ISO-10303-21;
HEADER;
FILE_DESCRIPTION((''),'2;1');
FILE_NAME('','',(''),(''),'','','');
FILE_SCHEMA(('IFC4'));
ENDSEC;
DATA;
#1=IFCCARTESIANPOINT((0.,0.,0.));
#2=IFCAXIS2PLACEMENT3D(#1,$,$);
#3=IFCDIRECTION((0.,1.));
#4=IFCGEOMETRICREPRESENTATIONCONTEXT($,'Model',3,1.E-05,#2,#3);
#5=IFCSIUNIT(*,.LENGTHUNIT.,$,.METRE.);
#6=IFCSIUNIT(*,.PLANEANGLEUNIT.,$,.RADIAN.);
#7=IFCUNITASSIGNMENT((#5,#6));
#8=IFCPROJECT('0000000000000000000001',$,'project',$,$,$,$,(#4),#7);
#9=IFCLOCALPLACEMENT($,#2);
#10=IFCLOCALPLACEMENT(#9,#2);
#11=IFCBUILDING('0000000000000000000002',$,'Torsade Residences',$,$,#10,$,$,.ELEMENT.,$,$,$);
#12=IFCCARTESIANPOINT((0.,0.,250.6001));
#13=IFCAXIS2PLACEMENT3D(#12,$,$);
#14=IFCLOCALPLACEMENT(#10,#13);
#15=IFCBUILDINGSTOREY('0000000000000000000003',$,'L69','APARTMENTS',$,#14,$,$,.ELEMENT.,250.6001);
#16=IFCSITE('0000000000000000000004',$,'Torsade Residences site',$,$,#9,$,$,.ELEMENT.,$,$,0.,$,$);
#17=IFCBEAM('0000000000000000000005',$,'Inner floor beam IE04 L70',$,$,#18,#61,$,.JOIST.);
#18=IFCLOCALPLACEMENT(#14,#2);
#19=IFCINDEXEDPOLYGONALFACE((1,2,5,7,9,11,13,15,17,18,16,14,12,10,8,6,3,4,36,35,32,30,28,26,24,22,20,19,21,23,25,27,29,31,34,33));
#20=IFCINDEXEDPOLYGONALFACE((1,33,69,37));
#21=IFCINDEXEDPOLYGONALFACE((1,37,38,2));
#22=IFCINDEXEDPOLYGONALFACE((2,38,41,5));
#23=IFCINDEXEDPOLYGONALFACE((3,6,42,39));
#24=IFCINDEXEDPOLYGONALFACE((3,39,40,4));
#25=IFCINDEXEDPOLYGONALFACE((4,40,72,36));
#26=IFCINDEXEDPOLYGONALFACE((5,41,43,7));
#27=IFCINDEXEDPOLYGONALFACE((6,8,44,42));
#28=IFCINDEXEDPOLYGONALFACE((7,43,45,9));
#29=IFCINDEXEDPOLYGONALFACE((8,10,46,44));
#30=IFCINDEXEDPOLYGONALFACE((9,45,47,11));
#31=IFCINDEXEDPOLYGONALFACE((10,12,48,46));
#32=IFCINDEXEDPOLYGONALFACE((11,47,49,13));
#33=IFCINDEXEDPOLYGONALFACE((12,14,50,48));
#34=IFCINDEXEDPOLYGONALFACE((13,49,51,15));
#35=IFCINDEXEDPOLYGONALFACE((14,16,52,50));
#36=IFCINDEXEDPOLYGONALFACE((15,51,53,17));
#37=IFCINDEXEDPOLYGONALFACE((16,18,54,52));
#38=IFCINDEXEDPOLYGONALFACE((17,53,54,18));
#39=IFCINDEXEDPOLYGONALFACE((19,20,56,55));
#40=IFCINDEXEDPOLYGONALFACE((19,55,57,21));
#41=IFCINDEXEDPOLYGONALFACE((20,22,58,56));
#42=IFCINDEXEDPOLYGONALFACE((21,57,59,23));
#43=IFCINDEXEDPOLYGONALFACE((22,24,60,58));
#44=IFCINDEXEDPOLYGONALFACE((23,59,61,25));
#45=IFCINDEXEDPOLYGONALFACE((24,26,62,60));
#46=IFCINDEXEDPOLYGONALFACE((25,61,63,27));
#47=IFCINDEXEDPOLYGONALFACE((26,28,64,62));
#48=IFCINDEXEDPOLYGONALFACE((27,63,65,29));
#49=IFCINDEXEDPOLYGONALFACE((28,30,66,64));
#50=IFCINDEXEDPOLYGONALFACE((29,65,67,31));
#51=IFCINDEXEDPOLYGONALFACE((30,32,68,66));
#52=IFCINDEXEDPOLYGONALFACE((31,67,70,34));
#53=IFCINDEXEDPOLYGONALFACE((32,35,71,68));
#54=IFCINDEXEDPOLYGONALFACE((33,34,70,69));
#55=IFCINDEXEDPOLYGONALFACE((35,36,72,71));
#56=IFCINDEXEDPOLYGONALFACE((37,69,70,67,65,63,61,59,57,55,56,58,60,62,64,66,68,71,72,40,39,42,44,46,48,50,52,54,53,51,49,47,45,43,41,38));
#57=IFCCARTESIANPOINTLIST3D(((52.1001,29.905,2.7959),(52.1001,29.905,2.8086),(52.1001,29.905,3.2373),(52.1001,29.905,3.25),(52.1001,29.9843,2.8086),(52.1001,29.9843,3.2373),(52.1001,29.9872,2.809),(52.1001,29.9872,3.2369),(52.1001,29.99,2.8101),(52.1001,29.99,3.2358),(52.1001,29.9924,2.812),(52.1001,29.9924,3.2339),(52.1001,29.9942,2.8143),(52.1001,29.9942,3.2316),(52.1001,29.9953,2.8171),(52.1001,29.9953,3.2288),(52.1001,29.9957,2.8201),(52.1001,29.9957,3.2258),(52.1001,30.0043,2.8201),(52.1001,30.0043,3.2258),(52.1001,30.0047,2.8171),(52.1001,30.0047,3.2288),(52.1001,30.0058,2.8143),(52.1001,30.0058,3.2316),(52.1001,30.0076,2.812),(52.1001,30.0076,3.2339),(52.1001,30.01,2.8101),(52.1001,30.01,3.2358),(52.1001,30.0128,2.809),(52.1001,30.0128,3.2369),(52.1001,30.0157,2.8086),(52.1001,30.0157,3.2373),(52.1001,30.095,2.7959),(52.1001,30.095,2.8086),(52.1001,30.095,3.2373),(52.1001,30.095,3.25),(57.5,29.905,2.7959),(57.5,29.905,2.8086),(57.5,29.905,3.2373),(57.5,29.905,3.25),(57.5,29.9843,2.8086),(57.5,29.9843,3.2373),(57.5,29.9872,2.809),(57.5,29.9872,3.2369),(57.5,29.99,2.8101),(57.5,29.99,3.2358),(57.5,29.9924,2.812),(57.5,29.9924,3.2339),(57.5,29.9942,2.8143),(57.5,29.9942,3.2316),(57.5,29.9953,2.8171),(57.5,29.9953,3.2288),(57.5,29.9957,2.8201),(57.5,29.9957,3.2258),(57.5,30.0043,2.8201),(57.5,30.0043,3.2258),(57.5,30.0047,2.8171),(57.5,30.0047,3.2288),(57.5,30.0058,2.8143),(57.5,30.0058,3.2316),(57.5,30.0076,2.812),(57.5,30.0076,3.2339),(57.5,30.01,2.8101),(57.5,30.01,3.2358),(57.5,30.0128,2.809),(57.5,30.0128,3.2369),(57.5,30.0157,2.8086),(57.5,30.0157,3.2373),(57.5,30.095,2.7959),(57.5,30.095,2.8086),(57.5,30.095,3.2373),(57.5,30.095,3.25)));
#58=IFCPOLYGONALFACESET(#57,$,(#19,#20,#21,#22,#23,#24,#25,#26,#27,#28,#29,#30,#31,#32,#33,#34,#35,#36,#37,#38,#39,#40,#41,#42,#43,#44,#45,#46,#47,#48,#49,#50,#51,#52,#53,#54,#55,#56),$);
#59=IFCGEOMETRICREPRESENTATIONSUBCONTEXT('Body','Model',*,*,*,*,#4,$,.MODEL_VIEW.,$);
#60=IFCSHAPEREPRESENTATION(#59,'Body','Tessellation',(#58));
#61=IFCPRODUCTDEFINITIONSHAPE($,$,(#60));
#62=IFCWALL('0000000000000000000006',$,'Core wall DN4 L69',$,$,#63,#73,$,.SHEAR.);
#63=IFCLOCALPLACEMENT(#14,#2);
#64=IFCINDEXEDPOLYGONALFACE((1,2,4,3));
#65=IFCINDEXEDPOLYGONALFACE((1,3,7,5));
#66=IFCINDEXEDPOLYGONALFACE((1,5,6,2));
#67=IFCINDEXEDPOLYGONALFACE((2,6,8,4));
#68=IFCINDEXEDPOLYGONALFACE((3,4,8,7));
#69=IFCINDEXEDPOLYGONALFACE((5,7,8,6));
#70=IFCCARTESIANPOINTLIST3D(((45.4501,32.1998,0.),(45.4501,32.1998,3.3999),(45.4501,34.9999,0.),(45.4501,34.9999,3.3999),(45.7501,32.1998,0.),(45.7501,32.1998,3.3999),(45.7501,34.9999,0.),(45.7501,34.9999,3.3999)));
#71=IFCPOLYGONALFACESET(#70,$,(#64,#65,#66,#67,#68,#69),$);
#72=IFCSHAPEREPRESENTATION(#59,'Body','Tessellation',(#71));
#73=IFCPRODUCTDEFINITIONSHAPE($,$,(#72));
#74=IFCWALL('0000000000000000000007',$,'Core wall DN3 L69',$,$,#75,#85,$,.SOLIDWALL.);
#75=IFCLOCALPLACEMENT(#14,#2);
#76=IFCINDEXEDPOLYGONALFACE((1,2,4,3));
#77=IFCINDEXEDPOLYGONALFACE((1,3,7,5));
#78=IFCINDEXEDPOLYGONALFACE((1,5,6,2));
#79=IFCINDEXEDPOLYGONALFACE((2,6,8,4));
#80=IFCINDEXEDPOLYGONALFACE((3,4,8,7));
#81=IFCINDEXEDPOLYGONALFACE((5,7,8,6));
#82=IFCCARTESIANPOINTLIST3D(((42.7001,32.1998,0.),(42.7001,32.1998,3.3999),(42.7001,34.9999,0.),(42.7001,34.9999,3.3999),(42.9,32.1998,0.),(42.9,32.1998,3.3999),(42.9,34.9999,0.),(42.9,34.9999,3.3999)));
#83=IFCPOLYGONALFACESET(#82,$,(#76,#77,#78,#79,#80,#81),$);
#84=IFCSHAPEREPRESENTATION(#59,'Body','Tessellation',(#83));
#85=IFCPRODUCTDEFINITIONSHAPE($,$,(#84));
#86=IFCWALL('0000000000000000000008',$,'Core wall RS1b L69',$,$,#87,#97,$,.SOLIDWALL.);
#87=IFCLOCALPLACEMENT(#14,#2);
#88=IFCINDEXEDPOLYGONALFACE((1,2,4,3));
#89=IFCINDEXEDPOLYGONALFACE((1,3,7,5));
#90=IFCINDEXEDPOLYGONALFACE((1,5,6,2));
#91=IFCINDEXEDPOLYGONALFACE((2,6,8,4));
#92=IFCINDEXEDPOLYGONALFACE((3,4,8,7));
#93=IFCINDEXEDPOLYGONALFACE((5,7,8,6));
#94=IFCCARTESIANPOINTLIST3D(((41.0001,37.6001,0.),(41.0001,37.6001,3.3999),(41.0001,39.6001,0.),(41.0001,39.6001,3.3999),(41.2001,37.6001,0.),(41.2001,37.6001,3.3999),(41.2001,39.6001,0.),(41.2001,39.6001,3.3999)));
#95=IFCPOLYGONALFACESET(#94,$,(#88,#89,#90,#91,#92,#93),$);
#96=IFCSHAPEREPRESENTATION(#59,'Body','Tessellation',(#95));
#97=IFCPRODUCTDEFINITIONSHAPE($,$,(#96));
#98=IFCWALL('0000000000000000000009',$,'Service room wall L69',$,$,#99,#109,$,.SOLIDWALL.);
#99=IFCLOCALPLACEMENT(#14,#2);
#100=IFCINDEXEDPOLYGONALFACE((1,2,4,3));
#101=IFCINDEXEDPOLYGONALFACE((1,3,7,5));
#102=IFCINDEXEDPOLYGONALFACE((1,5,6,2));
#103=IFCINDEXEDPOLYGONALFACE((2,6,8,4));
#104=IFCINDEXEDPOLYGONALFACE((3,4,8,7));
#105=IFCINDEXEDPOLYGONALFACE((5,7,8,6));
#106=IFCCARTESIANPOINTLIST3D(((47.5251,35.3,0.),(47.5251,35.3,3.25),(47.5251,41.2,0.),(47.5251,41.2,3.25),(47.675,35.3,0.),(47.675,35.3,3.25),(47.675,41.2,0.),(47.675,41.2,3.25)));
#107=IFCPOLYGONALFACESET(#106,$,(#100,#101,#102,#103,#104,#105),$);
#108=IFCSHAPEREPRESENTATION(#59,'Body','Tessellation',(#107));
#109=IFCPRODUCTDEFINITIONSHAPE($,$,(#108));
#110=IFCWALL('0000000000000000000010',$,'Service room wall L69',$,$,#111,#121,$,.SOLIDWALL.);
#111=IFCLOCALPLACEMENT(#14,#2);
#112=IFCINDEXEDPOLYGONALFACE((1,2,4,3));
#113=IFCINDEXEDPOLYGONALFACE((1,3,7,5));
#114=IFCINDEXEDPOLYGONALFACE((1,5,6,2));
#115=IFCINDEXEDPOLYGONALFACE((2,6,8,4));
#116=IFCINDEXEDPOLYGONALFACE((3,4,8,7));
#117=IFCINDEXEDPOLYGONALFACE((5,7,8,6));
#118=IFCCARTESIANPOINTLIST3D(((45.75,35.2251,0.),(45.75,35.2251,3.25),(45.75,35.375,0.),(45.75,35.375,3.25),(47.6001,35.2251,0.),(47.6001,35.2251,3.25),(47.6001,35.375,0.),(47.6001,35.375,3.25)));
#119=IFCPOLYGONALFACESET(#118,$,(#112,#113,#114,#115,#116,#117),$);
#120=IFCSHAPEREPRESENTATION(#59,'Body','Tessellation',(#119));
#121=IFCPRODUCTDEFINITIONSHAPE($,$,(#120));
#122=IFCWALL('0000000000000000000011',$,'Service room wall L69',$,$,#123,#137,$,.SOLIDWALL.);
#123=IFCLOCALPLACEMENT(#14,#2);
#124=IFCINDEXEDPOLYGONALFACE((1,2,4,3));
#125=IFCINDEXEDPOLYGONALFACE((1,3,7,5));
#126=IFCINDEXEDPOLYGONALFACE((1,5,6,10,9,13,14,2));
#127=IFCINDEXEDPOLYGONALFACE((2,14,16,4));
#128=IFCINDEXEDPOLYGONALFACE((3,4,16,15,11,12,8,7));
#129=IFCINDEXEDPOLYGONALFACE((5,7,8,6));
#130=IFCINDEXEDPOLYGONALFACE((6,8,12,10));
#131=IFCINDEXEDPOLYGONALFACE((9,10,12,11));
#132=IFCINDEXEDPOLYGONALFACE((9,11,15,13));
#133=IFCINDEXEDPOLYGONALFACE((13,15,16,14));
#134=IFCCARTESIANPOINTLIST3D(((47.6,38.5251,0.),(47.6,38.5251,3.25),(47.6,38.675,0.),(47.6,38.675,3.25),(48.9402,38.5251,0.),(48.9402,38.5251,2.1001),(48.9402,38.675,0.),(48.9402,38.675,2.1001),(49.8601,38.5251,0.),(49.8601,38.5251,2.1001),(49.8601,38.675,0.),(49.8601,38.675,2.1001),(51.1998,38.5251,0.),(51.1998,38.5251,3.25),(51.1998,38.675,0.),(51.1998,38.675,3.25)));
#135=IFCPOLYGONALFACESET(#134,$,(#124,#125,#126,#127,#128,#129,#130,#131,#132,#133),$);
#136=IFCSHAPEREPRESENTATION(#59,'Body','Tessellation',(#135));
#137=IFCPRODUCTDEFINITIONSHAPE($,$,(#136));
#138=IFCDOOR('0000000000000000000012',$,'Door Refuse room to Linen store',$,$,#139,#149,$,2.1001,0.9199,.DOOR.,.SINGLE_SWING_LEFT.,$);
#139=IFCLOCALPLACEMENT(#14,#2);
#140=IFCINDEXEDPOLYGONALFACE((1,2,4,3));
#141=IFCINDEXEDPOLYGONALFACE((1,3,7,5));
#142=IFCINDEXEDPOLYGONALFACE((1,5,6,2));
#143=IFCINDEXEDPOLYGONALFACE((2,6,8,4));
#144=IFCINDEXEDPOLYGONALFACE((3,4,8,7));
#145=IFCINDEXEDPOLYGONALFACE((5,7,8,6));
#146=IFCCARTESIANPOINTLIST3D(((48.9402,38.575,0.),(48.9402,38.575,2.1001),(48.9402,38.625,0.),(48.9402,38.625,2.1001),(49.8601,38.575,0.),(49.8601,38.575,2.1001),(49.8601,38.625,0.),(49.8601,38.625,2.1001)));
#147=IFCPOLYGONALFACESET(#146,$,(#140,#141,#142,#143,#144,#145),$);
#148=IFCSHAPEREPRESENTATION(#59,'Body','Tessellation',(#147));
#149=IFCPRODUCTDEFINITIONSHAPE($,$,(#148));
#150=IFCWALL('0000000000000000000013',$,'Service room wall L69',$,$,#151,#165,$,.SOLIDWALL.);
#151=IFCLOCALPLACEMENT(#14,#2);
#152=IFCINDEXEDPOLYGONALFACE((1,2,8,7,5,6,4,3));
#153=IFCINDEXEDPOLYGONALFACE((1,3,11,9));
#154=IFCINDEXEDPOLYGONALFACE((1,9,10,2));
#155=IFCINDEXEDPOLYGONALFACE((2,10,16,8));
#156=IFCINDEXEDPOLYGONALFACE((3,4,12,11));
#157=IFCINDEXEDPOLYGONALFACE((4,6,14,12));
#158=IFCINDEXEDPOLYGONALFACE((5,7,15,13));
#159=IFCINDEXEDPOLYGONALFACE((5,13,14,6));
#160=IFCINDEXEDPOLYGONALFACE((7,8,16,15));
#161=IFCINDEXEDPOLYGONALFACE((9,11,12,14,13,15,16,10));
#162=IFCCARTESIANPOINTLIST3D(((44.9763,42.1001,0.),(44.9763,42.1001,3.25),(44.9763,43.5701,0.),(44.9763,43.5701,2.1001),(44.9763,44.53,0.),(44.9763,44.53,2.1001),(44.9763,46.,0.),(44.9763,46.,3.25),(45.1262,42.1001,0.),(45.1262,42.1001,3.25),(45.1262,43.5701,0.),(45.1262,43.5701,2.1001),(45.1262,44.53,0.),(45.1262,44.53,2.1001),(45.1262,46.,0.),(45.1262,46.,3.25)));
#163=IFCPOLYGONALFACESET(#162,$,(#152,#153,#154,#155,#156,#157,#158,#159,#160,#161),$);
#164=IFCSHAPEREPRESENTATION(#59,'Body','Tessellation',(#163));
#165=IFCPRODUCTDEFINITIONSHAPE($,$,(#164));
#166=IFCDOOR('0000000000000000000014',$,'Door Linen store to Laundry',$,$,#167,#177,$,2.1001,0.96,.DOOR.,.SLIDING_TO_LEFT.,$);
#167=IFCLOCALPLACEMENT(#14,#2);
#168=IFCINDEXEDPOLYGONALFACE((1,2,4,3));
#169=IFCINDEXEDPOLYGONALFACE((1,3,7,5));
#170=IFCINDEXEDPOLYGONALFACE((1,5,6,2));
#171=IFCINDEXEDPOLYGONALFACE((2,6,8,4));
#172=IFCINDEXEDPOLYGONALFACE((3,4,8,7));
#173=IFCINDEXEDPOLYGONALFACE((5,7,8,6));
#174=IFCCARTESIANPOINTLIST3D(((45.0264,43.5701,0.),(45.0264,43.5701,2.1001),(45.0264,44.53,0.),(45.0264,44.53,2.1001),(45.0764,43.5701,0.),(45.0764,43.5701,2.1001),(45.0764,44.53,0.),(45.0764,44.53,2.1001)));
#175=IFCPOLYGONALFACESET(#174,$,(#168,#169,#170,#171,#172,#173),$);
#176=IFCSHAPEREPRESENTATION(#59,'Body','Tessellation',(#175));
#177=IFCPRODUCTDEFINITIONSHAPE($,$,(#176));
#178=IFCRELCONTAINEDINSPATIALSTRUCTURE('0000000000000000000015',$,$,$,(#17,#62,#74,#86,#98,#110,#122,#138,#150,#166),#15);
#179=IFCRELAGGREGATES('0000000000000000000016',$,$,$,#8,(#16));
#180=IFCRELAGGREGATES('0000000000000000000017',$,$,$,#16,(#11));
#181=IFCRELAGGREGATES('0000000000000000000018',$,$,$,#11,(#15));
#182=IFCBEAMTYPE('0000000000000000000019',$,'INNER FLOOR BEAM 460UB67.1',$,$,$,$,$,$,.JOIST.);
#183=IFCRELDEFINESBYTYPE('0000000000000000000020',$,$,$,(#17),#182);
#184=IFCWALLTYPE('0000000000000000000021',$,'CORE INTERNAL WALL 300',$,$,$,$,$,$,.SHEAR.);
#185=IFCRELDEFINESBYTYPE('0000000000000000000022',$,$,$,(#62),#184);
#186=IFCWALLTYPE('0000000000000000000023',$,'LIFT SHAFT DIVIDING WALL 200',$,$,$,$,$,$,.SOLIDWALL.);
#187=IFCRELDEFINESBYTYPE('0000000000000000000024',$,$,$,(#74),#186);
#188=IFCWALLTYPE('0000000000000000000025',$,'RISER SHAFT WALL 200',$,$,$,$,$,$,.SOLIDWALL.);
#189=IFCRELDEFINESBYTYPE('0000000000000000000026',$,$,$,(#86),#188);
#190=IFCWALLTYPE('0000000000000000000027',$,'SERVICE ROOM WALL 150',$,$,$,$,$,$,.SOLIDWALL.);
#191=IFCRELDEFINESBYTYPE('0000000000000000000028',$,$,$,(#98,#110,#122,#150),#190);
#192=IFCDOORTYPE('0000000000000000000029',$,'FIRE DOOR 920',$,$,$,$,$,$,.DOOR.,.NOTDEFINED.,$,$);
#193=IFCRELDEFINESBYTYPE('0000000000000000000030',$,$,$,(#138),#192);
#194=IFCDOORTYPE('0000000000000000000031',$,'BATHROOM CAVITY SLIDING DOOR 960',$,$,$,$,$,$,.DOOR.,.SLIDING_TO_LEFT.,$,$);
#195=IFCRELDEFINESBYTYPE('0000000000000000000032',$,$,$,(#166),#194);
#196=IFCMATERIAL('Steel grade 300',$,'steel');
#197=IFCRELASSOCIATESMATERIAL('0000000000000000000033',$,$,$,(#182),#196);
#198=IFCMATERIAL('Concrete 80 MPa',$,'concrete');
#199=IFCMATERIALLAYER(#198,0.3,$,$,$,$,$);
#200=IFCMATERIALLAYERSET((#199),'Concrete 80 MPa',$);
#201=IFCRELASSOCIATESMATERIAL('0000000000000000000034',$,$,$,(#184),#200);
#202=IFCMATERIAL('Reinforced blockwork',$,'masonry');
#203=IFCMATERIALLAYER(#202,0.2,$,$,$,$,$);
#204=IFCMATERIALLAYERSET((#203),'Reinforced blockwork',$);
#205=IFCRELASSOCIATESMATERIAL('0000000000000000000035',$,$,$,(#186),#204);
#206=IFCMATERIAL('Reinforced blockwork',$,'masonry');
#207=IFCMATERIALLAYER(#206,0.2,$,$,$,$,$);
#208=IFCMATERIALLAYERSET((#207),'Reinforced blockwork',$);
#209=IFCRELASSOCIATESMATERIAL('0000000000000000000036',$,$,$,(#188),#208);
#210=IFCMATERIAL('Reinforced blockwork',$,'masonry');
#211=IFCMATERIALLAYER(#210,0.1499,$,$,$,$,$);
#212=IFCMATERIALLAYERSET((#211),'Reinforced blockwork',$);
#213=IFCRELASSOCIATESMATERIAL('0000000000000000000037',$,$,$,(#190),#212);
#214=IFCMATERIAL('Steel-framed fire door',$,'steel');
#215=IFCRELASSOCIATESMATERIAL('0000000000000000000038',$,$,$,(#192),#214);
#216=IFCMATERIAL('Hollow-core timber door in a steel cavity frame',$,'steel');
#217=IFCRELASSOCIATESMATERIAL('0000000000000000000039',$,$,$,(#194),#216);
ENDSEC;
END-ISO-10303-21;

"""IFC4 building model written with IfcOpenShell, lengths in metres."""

from ifc_helpers import new_model, si_unit, direction, frame, frame_2d, origin, origin_2d, place, context, subcontext, project, spatial, rectangle, i_section, extrude, material, layer, layer_set, material_profile, profile_set, type_object, element, fill, save


model = new_model("IFC4")

# Units and contexts
model_context = context("Model", 3, precision=1e-05, world=origin(), true_north=direction((0.0, 1.0)))
body_context = subcontext(model_context, "Body", "Model", "MODEL_VIEW")
ifc_project = project(units=[si_unit("LENGTHUNIT", "METRE"), si_unit("PLANEANGLEUNIT", "RADIAN")], contexts=[model_context])

# Site, building, storey
site_placement = place(None, origin())
site = spatial("IfcSite", under=ifc_project, at=site_placement, Name="Torsade Residences site", CompositionType="ELEMENT", RefElevation=0.0)
building_placement = place(site_placement, origin())
building = spatial("IfcBuilding", under=site, at=building_placement, Name="Torsade Residences", CompositionType="ELEMENT")
storey_placement = place(building_placement, frame((0.0, 0.0, 250.6001)))
storey = spatial("IfcBuildingStorey", under=building, at=storey_placement, Name="L69", Description="APARTMENTS", CompositionType="ELEMENT", Elevation=250.6001)

# Beam
ifc_material_1 = material(Name="Steel grade 300", Category="steel")
ifc_material_profile_1 = material_profile(ifc_material_1, i_section(OverallWidth=0.1899, OverallDepth=0.4541, WebThickness=0.0085, FlangeThickness=0.0127, FilletRadius=0.0115, at=origin_2d()), Name="460UB67.1")
ifc_profile_set_1 = profile_set([ifc_material_profile_1], Name="Steel grade 300")
beam_type = type_object("IfcBeamType", Name="INNER FLOOR BEAM 460UB67.1", PredefinedType="JOIST", material=ifc_profile_set_1)
beam_1_placement = place(storey_placement, frame((52.1001, 30.0, 3.0229), z_axis=(1.0, 0.0, 0.0), x_axis=(0.0, 1.0, 0.0)))
element("IfcBeam", 1, at=beam_1_placement, inside=storey, type_object=beam_type, Name="Inner floor beam IE04 L70", PredefinedType="JOIST", context=body_context, shape_type="SweptSolid", body=[
    extrude(i_section(OverallWidth=0.1899, OverallDepth=0.4541, WebThickness=0.0085, FlangeThickness=0.0127, FilletRadius=0.0115, at=origin_2d()), origin(), (0.0, 0.0, 1.0), 5.3999),
])

# Walls
ifc_material_2 = material(Name="Concrete 80 MPa", Category="concrete")
ifc_layer_1 = layer(ifc_material_2, 0.3)
ifc_layer_set_1 = layer_set([ifc_layer_1], Name="Concrete 80 MPa")
wall_type_1 = type_object("IfcWallType", Name="CORE INTERNAL WALL 300", PredefinedType="SHEAR", material=ifc_layer_set_1)
wall_1_placement = place(storey_placement, frame((45.6001, 32.2, 0.0), z_axis=(0.0, 0.0, 1.0), x_axis=(0.0, 1.0, 0.0)))
element("IfcWall", 2, at=wall_1_placement, inside=storey, type_object=wall_type_1, Name="Core wall DN4 L69", PredefinedType="SHEAR", context=body_context, shape_type="SweptSolid", body=[
    extrude(rectangle(XDim=2.8, YDim=0.3, at=frame_2d((1.3999, 0.0))), origin(), (0.0, 0.0, 1.0), 3.3999),
])
ifc_material_3 = material(Name="Reinforced blockwork", Category="masonry")
ifc_layer_2 = layer(ifc_material_3, 0.2)
ifc_layer_set_2 = layer_set([ifc_layer_2], Name="Reinforced blockwork")
wall_type_2 = type_object("IfcWallType", Name="LIFT SHAFT DIVIDING WALL 200", PredefinedType="SOLIDWALL", material=ifc_layer_set_2)
wall_2_placement = place(storey_placement, frame((42.8, 32.2, 0.0), z_axis=(0.0, 0.0, 1.0), x_axis=(0.0, 1.0, 0.0)))
element("IfcWall", 3, at=wall_2_placement, inside=storey, type_object=wall_type_2, Name="Core wall DN3 L69", PredefinedType="SOLIDWALL", context=body_context, shape_type="SweptSolid", body=[
    extrude(rectangle(XDim=2.8, YDim=0.2, at=frame_2d((1.3999, 0.0))), origin(), (0.0, 0.0, 1.0), 3.3999),
])
ifc_material_4 = material(Name="Reinforced blockwork", Category="masonry")
ifc_layer_3 = layer(ifc_material_4, 0.2)
ifc_layer_set_3 = layer_set([ifc_layer_3], Name="Reinforced blockwork")
wall_type_3 = type_object("IfcWallType", Name="RISER SHAFT WALL 200", PredefinedType="SOLIDWALL", material=ifc_layer_set_3)
wall_3_placement = place(storey_placement, frame((41.1001, 37.6001, 0.0), z_axis=(0.0, 0.0, 1.0), x_axis=(0.0, 1.0, 0.0)))
element("IfcWall", 4, at=wall_3_placement, inside=storey, type_object=wall_type_3, Name="Core wall RS1b L69", PredefinedType="SOLIDWALL", context=body_context, shape_type="SweptSolid", body=[
    extrude(rectangle(XDim=2.0, YDim=0.2, at=frame_2d((1.0, 0.0))), origin(), (0.0, 0.0, 1.0), 3.3999),
])
ifc_material_5 = material(Name="Reinforced blockwork", Category="masonry")
ifc_layer_4 = layer(ifc_material_5, 0.1499)
ifc_layer_set_4 = layer_set([ifc_layer_4], Name="Reinforced blockwork")
wall_type_4 = type_object("IfcWallType", Name="SERVICE ROOM WALL 150", PredefinedType="SOLIDWALL", material=ifc_layer_set_4)
wall_4_placement = place(storey_placement, frame((47.6001, 41.2, 0.0), z_axis=(0.0, 0.0, 1.0), x_axis=(0.0, -1.0, 0.0)))
element("IfcWall", 5, at=wall_4_placement, inside=storey, type_object=wall_type_4, Name="Service room wall L69", PredefinedType="SOLIDWALL", context=body_context, shape_type="SweptSolid", body=[
    extrude(rectangle(XDim=5.8999, YDim=0.1499, at=frame_2d((2.95, 0.0))), origin(), (0.0, 0.0, 1.0), 3.25),
])
wall_5_placement = place(storey_placement, frame((47.6001, 35.3, 0.0), z_axis=(0.0, 0.0, 1.0), x_axis=(-1.0, 0.0, 0.0)))
element("IfcWall", 6, at=wall_5_placement, inside=storey, type_object=wall_type_4, Name="Service room wall L69", PredefinedType="SOLIDWALL", context=body_context, shape_type="SweptSolid", body=[
    extrude(rectangle(XDim=1.8501, YDim=0.1499, at=frame_2d((0.925, 0.0))), origin(), (0.0, 0.0, 1.0), 3.25),
])

# Walls, openings, doors
wall_6_placement = place(storey_placement, frame((47.6001, 38.6001, 0.0), z_axis=(0.0, 0.0, 1.0), x_axis=(1.0, 0.0, 0.0)))
wall_6 = element("IfcWall", 7, at=wall_6_placement, inside=storey, type_object=wall_type_4, Name="Service room wall L69", PredefinedType="SOLIDWALL", context=body_context, shape_type="SweptSolid", body=[
    extrude(rectangle(XDim=3.5999, YDim=0.1499, at=frame_2d((1.7998, 0.0))), origin(), (0.0, 0.0, 1.0), 3.25),
])
opening_1_placement = place(wall_6_placement, frame((1.3401, 0.0, 0.0)))
opening_1 = element("IfcOpeningElement", 8, at=opening_1_placement, cuts=wall_6, PredefinedType="OPENING", context=body_context, shape_type="SweptSolid", body=[
    extrude(rectangle(XDim=0.9199, YDim=2.1001, at=frame_2d((0.46, 1.05))), frame((0.0, 0.085, 0.0), z_axis=(0.0, -1.0, 0.0), x_axis=(1.0, 0.0, 0.0)), (0.0, 0.0, 1.0), 0.1699),
])
ifc_material_6 = material(Name="Steel-framed fire door", Category="steel")
door_type_1 = type_object("IfcDoorType", Name="FIRE DOOR 920", OperationType="NOTDEFINED", PredefinedType="DOOR", material=ifc_material_6)
door_1_placement = place(opening_1_placement, origin())
door_1 = element("IfcDoor", 9, at=door_1_placement, inside=storey, type_object=door_type_1, Name="Door Refuse room to Linen store", OperationType="SINGLE_SWING_LEFT", OverallHeight=2.1001, OverallWidth=0.9199, PredefinedType="DOOR", context=body_context, shape_type="SweptSolid", body=[
    extrude(rectangle(XDim=0.9199, YDim=2.1001, at=frame_2d((0.46, 1.05))), frame((0.0, 0.0249, 0.0), z_axis=(0.0, -1.0, 0.0), x_axis=(1.0, 0.0, 0.0)), (0.0, 0.0, 1.0), 0.05),
])
fill(opening_1, door_1)
wall_7_placement = place(storey_placement, frame((45.0513, 42.1001, 0.0), z_axis=(0.0, 0.0, 1.0), x_axis=(0.0, 1.0, 0.0)))
wall_7 = element("IfcWall", 10, at=wall_7_placement, inside=storey, type_object=wall_type_4, Name="Service room wall L69", PredefinedType="SOLIDWALL", context=body_context, shape_type="SweptSolid", body=[
    extrude(rectangle(XDim=3.8999, YDim=0.1499, at=frame_2d((1.95, 0.0))), origin(), (0.0, 0.0, 1.0), 3.25),
])
opening_2_placement = place(wall_7_placement, frame((1.47, 0.0, 0.0)))
opening_2 = element("IfcOpeningElement", 11, at=opening_2_placement, cuts=wall_7, PredefinedType="OPENING", context=body_context, shape_type="SweptSolid", body=[
    extrude(rectangle(XDim=0.96, YDim=2.1001, at=frame_2d((0.48, 1.05))), frame((0.0, 0.085, 0.0), z_axis=(0.0, -1.0, 0.0), x_axis=(1.0, 0.0, 0.0)), (0.0, 0.0, 1.0), 0.1699),
])
ifc_material_7 = material(Name="Hollow-core timber door in a steel cavity frame", Category="steel")
door_type_2 = type_object("IfcDoorType", Name="BATHROOM CAVITY SLIDING DOOR 960", OperationType="SLIDING_TO_LEFT", PredefinedType="DOOR", material=ifc_material_7)
door_2_placement = place(opening_2_placement, origin())
door_2 = element("IfcDoor", 12, at=door_2_placement, inside=storey, type_object=door_type_2, Name="Door Linen store to Laundry", OperationType="SLIDING_TO_LEFT", OverallHeight=2.1001, OverallWidth=0.96, PredefinedType="DOOR", context=body_context, shape_type="SweptSolid", body=[
    extrude(rectangle(XDim=0.96, YDim=2.1001, at=frame_2d((0.48, 1.05))), frame((0.0, 0.0249, 0.0), z_axis=(0.0, -1.0, 0.0), x_axis=(1.0, 0.0, 0.0)), (0.0, 0.0, 1.0), 0.05),
])
fill(opening_2, door_2)

save(model, "model.ifc")
